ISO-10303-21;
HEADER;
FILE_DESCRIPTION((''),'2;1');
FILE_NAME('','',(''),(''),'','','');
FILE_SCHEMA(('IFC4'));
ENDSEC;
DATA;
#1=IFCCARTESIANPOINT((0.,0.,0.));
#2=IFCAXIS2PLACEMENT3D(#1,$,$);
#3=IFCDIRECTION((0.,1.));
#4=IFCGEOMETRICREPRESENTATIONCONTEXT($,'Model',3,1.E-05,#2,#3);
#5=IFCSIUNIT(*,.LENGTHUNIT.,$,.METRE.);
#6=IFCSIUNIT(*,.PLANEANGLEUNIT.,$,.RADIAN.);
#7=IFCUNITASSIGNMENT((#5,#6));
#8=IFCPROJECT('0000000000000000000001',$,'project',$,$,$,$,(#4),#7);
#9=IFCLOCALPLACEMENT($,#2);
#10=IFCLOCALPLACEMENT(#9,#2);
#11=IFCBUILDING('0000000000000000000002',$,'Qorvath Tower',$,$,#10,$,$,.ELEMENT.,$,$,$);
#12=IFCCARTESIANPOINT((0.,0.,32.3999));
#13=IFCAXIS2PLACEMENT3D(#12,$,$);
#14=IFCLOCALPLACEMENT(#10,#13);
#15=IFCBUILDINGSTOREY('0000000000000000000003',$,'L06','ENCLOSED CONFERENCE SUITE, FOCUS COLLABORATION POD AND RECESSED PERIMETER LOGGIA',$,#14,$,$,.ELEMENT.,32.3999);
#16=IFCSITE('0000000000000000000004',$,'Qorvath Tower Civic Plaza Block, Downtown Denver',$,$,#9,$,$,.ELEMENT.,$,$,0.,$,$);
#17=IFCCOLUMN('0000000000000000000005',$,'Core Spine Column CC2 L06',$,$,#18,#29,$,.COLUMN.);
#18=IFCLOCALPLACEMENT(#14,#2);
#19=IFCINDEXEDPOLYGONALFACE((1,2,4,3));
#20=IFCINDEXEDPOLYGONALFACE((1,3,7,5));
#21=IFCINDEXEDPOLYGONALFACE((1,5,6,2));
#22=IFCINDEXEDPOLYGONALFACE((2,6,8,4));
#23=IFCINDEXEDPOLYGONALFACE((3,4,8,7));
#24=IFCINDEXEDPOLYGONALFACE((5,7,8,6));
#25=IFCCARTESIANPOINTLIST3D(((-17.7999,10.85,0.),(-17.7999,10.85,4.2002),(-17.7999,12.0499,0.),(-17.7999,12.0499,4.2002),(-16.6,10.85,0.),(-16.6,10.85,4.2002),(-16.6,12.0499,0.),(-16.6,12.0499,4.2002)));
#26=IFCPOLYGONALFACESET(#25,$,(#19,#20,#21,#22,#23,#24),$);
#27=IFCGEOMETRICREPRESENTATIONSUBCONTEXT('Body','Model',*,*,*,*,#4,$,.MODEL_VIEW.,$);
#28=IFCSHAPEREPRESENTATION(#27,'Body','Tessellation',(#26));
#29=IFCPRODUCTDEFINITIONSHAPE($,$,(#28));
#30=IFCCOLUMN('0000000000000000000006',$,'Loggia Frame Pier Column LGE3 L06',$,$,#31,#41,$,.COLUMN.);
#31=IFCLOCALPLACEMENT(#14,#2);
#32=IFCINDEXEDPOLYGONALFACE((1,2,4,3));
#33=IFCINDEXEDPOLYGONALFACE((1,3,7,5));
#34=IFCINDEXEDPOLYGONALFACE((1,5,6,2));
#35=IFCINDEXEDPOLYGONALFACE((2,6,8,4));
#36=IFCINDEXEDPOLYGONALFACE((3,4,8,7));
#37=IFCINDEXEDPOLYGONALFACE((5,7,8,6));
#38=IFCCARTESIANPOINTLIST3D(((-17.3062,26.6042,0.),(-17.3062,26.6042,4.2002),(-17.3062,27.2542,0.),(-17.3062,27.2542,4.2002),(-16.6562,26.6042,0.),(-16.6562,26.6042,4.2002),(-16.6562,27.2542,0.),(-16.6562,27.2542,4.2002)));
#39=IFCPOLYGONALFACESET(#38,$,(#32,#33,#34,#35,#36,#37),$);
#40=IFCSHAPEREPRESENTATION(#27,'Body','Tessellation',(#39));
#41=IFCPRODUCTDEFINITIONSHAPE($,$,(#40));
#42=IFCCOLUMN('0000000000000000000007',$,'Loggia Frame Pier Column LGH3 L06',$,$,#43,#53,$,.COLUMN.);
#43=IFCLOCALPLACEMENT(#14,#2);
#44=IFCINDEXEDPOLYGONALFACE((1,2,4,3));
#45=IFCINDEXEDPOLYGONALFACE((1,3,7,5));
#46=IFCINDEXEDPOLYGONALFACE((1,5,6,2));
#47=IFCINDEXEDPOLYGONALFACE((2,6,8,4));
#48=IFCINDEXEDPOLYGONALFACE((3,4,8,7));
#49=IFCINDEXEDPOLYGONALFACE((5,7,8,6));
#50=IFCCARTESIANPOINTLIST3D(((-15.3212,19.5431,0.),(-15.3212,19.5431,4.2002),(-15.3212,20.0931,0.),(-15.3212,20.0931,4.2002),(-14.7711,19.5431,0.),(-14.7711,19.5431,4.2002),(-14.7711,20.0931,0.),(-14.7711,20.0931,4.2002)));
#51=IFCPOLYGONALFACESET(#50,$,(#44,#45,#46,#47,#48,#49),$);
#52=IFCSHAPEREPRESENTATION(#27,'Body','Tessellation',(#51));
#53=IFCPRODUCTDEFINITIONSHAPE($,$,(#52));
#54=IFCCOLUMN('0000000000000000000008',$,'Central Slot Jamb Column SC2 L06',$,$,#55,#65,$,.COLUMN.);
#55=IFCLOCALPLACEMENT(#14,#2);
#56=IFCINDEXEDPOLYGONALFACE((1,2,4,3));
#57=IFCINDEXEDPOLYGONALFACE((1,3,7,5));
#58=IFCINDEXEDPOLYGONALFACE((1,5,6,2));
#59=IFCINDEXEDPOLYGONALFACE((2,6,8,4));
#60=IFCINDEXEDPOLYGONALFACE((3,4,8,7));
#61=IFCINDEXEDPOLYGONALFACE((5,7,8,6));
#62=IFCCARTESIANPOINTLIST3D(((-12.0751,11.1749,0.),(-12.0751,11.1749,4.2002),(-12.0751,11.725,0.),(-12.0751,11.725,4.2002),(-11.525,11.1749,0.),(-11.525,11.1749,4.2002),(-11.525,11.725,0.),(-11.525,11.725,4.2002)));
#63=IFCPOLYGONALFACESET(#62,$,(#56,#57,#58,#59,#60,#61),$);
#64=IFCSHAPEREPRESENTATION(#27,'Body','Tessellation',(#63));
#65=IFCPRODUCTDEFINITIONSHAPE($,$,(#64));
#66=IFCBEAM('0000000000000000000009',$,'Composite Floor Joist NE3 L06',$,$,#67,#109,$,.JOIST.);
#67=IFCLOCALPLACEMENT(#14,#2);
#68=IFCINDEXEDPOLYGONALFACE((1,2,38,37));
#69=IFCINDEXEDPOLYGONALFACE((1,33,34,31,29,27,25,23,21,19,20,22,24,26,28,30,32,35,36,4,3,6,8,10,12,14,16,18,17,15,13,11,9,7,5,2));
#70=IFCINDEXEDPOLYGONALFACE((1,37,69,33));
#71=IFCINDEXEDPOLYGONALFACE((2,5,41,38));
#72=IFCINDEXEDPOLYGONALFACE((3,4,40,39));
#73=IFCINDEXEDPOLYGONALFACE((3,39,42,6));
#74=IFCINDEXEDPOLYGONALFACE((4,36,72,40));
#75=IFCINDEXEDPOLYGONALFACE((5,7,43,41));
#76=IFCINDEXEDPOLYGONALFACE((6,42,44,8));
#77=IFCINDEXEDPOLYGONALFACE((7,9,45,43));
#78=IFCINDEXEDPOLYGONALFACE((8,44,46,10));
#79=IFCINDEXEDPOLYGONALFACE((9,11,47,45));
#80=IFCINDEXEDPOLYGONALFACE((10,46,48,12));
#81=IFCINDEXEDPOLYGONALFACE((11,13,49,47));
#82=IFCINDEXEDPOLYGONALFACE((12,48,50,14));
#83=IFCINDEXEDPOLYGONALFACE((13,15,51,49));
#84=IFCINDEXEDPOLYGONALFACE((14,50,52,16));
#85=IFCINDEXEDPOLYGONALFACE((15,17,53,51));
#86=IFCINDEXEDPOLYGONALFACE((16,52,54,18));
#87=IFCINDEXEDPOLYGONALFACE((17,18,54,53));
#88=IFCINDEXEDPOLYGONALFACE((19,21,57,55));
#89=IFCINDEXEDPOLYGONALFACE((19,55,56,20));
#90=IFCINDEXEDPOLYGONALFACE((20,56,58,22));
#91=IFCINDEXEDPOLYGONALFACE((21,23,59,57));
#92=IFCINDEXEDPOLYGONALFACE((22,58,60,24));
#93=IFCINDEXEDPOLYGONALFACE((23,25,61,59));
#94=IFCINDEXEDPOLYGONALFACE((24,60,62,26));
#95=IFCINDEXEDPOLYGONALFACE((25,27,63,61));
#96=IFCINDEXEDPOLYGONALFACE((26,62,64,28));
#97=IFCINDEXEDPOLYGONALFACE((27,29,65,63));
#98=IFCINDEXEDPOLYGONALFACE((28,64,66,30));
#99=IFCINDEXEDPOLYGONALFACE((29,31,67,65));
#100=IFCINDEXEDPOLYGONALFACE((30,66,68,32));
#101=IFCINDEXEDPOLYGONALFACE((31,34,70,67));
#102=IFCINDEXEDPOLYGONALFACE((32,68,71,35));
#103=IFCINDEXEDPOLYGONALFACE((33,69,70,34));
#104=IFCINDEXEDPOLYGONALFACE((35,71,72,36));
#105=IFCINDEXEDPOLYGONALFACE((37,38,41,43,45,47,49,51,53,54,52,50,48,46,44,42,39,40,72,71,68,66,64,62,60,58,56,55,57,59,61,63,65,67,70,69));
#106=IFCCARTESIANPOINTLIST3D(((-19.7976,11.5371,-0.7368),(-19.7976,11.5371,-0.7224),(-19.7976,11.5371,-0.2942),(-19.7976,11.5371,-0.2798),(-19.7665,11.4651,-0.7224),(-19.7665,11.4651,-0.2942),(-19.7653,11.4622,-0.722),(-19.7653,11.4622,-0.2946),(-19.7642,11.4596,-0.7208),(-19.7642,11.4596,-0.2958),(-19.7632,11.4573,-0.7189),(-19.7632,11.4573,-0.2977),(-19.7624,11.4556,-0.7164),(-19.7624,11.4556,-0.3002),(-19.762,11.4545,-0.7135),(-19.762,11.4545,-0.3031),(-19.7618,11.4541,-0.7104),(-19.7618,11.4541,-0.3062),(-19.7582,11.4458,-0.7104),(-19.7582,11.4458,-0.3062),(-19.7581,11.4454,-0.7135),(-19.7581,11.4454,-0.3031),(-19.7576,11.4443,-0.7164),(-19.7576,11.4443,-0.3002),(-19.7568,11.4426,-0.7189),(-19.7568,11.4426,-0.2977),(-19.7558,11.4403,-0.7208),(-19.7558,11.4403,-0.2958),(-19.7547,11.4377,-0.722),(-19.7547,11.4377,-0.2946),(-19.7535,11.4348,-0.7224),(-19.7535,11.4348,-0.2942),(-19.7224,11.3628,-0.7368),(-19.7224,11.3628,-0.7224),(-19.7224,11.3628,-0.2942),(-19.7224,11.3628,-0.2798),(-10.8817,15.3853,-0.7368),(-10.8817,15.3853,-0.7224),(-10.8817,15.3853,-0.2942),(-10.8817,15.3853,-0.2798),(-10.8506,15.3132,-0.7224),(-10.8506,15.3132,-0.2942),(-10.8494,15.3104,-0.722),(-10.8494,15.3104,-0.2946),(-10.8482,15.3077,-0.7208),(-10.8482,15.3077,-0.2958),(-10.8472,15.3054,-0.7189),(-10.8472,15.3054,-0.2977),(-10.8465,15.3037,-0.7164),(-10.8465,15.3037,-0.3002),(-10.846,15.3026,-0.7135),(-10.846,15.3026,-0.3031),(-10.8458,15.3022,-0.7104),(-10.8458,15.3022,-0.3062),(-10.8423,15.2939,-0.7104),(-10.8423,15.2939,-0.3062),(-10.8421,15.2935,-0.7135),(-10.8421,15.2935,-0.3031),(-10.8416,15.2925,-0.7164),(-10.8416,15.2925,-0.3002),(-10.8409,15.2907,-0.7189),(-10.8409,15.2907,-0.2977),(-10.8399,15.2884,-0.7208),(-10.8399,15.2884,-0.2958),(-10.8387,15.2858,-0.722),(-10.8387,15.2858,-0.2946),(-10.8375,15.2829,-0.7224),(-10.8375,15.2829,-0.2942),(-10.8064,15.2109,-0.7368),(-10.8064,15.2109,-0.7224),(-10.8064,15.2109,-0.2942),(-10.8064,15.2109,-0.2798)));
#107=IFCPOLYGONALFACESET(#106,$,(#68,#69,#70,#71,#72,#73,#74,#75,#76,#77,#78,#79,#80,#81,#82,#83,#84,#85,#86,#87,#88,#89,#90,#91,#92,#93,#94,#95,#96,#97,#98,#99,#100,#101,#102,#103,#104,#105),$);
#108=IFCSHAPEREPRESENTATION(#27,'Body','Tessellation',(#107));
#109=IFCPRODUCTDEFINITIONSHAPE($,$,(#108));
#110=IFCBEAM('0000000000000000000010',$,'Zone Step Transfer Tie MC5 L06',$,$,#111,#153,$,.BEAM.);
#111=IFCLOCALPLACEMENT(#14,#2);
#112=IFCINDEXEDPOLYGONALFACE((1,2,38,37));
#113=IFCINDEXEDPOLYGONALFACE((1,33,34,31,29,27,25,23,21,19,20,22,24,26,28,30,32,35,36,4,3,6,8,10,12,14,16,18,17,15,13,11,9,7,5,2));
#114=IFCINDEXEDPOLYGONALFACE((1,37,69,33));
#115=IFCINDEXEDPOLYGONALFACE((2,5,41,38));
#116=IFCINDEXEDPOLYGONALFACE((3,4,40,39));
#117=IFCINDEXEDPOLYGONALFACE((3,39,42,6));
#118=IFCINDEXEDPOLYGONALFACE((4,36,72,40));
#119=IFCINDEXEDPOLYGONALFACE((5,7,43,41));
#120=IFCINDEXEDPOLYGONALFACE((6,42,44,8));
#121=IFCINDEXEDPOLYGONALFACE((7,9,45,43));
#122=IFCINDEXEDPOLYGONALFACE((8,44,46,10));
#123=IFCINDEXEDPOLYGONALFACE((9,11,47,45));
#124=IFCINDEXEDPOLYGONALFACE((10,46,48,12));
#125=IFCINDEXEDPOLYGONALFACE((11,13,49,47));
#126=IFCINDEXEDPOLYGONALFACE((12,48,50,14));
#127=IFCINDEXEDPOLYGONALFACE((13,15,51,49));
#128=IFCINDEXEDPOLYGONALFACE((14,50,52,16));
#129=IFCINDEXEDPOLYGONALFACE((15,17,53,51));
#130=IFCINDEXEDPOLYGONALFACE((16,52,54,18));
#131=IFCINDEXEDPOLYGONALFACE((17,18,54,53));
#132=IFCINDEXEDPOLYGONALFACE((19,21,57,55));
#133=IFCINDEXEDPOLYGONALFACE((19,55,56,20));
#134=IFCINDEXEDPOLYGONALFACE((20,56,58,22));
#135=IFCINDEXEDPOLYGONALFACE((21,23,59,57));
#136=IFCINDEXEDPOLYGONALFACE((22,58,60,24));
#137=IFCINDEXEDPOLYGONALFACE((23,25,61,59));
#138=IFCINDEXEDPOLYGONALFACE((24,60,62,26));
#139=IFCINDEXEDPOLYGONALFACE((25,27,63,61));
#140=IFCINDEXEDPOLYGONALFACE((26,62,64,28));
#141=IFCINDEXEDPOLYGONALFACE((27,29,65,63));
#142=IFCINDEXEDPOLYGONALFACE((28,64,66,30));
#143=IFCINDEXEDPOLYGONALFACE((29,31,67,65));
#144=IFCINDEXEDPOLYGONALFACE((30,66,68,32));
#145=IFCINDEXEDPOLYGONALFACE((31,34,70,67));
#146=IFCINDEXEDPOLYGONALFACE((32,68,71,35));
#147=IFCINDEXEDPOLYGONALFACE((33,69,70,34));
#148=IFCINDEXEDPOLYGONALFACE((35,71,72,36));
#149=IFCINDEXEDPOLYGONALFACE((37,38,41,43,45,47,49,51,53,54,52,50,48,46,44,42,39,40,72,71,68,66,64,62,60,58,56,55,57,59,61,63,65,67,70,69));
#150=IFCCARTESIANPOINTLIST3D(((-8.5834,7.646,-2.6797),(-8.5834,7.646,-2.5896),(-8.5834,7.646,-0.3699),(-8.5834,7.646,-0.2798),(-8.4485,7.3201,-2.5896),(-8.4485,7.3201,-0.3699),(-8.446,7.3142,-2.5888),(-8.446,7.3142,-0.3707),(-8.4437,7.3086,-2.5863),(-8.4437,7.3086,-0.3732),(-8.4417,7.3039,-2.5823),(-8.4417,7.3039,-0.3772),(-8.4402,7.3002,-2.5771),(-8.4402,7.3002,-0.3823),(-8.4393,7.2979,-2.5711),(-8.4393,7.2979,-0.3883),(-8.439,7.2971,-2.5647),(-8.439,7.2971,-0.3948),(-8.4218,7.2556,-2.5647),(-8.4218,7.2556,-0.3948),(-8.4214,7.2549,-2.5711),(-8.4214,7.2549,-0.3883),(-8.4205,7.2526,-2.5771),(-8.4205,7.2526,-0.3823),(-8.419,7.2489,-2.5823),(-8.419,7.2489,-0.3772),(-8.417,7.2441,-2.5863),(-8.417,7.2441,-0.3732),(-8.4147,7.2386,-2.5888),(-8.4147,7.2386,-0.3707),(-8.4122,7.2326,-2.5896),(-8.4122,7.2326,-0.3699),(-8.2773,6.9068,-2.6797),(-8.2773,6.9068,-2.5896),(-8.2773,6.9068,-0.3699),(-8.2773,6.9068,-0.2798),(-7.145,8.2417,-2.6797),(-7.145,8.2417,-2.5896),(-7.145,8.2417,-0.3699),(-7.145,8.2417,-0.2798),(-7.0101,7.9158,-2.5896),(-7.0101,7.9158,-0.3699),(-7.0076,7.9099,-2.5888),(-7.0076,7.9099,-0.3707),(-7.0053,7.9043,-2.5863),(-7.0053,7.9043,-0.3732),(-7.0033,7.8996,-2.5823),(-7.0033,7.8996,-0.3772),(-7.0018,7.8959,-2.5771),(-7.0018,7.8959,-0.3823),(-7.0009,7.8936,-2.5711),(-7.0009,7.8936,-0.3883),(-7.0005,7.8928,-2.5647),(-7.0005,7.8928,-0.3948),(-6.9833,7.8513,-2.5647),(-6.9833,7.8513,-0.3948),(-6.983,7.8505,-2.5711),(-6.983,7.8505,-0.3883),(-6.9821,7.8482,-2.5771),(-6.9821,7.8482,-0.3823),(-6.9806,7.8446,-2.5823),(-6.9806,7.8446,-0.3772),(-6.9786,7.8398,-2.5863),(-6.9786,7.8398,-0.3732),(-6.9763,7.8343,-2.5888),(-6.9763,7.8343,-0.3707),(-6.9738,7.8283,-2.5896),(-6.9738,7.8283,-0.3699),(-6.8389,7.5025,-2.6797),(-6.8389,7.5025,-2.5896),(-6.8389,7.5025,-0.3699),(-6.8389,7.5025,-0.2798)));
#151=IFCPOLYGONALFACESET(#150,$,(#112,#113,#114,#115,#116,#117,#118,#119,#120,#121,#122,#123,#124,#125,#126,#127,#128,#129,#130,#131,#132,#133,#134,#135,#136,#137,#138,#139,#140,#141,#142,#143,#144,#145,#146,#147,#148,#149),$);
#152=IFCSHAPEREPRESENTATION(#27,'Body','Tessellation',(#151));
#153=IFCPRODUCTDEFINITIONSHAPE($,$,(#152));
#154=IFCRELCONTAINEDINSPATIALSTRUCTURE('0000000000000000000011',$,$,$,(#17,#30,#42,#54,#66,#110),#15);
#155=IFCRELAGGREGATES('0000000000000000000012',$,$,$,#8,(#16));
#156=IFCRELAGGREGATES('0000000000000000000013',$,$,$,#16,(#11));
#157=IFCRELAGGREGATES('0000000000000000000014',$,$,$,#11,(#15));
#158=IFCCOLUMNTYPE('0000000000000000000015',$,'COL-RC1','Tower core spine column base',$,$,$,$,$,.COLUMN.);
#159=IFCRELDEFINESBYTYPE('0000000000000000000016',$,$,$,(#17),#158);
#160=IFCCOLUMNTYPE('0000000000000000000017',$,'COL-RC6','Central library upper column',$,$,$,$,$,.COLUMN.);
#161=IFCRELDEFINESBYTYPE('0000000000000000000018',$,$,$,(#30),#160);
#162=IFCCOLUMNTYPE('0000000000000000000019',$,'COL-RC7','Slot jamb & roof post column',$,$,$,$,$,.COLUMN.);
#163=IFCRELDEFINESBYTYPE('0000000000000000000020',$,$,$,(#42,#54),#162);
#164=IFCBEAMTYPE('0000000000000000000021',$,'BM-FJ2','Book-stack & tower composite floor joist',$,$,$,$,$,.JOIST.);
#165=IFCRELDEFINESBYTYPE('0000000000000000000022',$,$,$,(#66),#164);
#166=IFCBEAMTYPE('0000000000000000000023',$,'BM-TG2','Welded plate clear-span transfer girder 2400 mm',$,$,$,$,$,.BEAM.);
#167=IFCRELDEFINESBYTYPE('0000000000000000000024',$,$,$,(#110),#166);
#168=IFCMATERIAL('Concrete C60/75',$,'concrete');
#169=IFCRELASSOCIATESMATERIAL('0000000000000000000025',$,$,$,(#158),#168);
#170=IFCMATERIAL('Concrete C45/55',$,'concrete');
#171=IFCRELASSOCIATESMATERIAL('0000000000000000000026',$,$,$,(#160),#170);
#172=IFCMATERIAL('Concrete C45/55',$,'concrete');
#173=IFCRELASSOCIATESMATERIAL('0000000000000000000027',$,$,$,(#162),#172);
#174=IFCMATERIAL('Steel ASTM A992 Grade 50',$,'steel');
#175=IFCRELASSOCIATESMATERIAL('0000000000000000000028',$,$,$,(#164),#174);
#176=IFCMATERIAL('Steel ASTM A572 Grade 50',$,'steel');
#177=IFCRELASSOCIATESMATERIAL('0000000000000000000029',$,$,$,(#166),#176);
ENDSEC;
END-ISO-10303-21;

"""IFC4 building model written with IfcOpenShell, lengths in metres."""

from ifc_helpers import new_model, si_unit, direction, frame, origin, origin_2d, place, context, subcontext, project, spatial, rectangle, i_section, extrude, material, material_profile, profile_set, type_object, element, save


model = new_model("IFC4")

# Units and contexts
model_context = context("Model", 3, precision=1e-05, world=origin(), true_north=direction((0.0, 1.0)))
body_context = subcontext(model_context, "Body", "Model", "MODEL_VIEW")
ifc_project = project(units=[si_unit("LENGTHUNIT", "METRE"), si_unit("PLANEANGLEUNIT", "RADIAN")], contexts=[model_context])

# Site, building, storey
site_placement = place(None, origin())
site = spatial("IfcSite", under=ifc_project, at=site_placement, Name="Qorvath Tower Civic Plaza Block, Downtown Denver", CompositionType="ELEMENT", RefElevation=0.0)
building_placement = place(site_placement, origin())
building = spatial("IfcBuilding", under=site, at=building_placement, Name="Qorvath Tower", CompositionType="ELEMENT")
storey_placement = place(building_placement, frame((0.0, 0.0, 32.3999)))
storey = spatial("IfcBuildingStorey", under=building, at=storey_placement, Name="L06", Description="ENCLOSED CONFERENCE SUITE, FOCUS COLLABORATION POD AND RECESSED PERIMETER LOGGIA", CompositionType="ELEMENT", Elevation=32.3999)

# Columns
ifc_material_1 = material(Name="Concrete C60/75", Category="concrete")
ifc_material_profile_1 = material_profile(ifc_material_1, rectangle(XDim=1.2, YDim=1.2, at=origin_2d()), Name="RC 1200x1200")
ifc_profile_set_1 = profile_set([ifc_material_profile_1], Name="Concrete C60/75")
column_type_1 = type_object("IfcColumnType", Name="COL-RC1", Description="Tower core spine column base", PredefinedType="COLUMN", material=ifc_profile_set_1)
column_1_placement = place(storey_placement, frame((-17.2, 11.45, 0.0), z_axis=(0.0, 0.0, 1.0), x_axis=(1.0, 0.0, 0.0)))
element("IfcColumn", 1, at=column_1_placement, inside=storey, type_object=column_type_1, Name="Core Spine Column CC2 L06", PredefinedType="COLUMN", context=body_context, shape_type="SweptSolid", body=[
    extrude(rectangle(XDim=1.2, YDim=1.2, at=origin_2d()), origin(), (0.0, 0.0, 1.0), 4.2002),
])
ifc_material_2 = material(Name="Concrete C45/55", Category="concrete")
ifc_material_profile_2 = material_profile(ifc_material_2, rectangle(XDim=0.6499, YDim=0.6499, at=origin_2d()), Name="RC 650x650")
ifc_profile_set_2 = profile_set([ifc_material_profile_2], Name="Concrete C45/55")
column_type_2 = type_object("IfcColumnType", Name="COL-RC6", Description="Central library upper column", PredefinedType="COLUMN", material=ifc_profile_set_2)
column_2_placement = place(storey_placement, frame((-16.9812, 26.9292, 0.0), z_axis=(0.0, 0.0, 1.0), x_axis=(1.0, 0.0, 0.0)))
element("IfcColumn", 2, at=column_2_placement, inside=storey, type_object=column_type_2, Name="Loggia Frame Pier Column LGE3 L06", PredefinedType="COLUMN", context=body_context, shape_type="SweptSolid", body=[
    extrude(rectangle(XDim=0.6499, YDim=0.6499, at=origin_2d()), origin(), (0.0, 0.0, 1.0), 4.2002),
])
ifc_material_3 = material(Name="Concrete C45/55", Category="concrete")
ifc_material_profile_3 = material_profile(ifc_material_3, rectangle(XDim=0.55, YDim=0.55, at=origin_2d()), Name="RC 550x550")
ifc_profile_set_3 = profile_set([ifc_material_profile_3], Name="Concrete C45/55")
column_type_3 = type_object("IfcColumnType", Name="COL-RC7", Description="Slot jamb & roof post column", PredefinedType="COLUMN", material=ifc_profile_set_3)
for number, where, z_axis, x_axis, name in (
    (3, (-15.0461, 19.8181, 0.0), (0.0, 0.0, 1.0), (1.0, 0.0, 0.0), "Loggia Frame Pier Column LGH3 L06"),
    (4, (-11.8, 11.45, 0.0), (0.0, 0.0, 1.0), (1.0, 0.0, 0.0), "Central Slot Jamb Column SC2 L06"),
):
    element("IfcColumn", number, at=place(storey_placement, frame(where, z_axis=z_axis, x_axis=x_axis)), inside=storey, type_object=column_type_3, Name=name, PredefinedType="COLUMN", context=body_context, shape_type="SweptSolid", body=[
        extrude(rectangle(XDim=0.55, YDim=0.55, at=origin_2d()), origin(), (0.0, 0.0, 1.0), 4.2002),
    ])

# Beams
ifc_material_4 = material(Name="Steel ASTM A992 Grade 50", Category="steel")
ifc_material_profile_4 = material_profile(ifc_material_4, i_section(OverallWidth=0.1899, OverallDepth=0.457, WebThickness=0.009, FlangeThickness=0.0144, FilletRadius=0.012, at=origin_2d()), Name="W18x50")
ifc_profile_set_4 = profile_set([ifc_material_profile_4], Name="Steel ASTM A992 Grade 50")
beam_type_1 = type_object("IfcBeamType", Name="BM-FJ2", Description="Book-stack & tower composite floor joist", PredefinedType="JOIST", material=ifc_profile_set_4)
beam_1_placement = place(storey_placement, frame((-19.76, 11.45, -0.5083), z_axis=(0.918136, 0.396266, 0.0), x_axis=(-0.396266, 0.918136, 0.0)))
element("IfcBeam", 5, at=beam_1_placement, inside=storey, type_object=beam_type_1, Name="Composite Floor Joist NE3 L06", PredefinedType="JOIST", context=body_context, shape_type="SweptSolid", body=[
    extrude(i_section(OverallWidth=0.1899, OverallDepth=0.457, WebThickness=0.009, FlangeThickness=0.0144, FilletRadius=0.012, at=origin_2d()), origin(), (0.0, 0.0, 1.0), 9.7109),
])
ifc_material_5 = material(Name="Steel ASTM A572 Grade 50", Category="steel")
ifc_material_profile_5 = material_profile(ifc_material_5, i_section(OverallWidth=0.8, OverallDepth=2.3999, WebThickness=0.0449, FlangeThickness=0.0901, FilletRadius=0.0249, at=origin_2d()), Name="WTG 2400x800")
ifc_profile_set_5 = profile_set([ifc_material_profile_5], Name="Steel ASTM A572 Grade 50")
beam_type_2 = type_object("IfcBeamType", Name="BM-TG2", Description="Welded plate clear-span transfer girder 2400 mm", PredefinedType="BEAM", material=ifc_profile_set_5)
beam_2_placement = place(storey_placement, frame((-6.9919, 7.8721, -1.4797), z_axis=(-0.92391, -0.38261, 0.0), x_axis=(0.38261, -0.92391, 0.0)))
element("IfcBeam", 6, at=beam_2_placement, inside=storey, type_object=beam_type_2, Name="Zone Step Transfer Tie MC5 L06", PredefinedType="BEAM", context=body_context, shape_type="SweptSolid", body=[
    extrude(i_section(OverallWidth=0.8, OverallDepth=2.3999, WebThickness=0.0449, FlangeThickness=0.0901, FilletRadius=0.0249, at=origin_2d()), origin(), (0.0, 0.0, 1.0), 1.5569),
])

save(model, "model.ifc")
